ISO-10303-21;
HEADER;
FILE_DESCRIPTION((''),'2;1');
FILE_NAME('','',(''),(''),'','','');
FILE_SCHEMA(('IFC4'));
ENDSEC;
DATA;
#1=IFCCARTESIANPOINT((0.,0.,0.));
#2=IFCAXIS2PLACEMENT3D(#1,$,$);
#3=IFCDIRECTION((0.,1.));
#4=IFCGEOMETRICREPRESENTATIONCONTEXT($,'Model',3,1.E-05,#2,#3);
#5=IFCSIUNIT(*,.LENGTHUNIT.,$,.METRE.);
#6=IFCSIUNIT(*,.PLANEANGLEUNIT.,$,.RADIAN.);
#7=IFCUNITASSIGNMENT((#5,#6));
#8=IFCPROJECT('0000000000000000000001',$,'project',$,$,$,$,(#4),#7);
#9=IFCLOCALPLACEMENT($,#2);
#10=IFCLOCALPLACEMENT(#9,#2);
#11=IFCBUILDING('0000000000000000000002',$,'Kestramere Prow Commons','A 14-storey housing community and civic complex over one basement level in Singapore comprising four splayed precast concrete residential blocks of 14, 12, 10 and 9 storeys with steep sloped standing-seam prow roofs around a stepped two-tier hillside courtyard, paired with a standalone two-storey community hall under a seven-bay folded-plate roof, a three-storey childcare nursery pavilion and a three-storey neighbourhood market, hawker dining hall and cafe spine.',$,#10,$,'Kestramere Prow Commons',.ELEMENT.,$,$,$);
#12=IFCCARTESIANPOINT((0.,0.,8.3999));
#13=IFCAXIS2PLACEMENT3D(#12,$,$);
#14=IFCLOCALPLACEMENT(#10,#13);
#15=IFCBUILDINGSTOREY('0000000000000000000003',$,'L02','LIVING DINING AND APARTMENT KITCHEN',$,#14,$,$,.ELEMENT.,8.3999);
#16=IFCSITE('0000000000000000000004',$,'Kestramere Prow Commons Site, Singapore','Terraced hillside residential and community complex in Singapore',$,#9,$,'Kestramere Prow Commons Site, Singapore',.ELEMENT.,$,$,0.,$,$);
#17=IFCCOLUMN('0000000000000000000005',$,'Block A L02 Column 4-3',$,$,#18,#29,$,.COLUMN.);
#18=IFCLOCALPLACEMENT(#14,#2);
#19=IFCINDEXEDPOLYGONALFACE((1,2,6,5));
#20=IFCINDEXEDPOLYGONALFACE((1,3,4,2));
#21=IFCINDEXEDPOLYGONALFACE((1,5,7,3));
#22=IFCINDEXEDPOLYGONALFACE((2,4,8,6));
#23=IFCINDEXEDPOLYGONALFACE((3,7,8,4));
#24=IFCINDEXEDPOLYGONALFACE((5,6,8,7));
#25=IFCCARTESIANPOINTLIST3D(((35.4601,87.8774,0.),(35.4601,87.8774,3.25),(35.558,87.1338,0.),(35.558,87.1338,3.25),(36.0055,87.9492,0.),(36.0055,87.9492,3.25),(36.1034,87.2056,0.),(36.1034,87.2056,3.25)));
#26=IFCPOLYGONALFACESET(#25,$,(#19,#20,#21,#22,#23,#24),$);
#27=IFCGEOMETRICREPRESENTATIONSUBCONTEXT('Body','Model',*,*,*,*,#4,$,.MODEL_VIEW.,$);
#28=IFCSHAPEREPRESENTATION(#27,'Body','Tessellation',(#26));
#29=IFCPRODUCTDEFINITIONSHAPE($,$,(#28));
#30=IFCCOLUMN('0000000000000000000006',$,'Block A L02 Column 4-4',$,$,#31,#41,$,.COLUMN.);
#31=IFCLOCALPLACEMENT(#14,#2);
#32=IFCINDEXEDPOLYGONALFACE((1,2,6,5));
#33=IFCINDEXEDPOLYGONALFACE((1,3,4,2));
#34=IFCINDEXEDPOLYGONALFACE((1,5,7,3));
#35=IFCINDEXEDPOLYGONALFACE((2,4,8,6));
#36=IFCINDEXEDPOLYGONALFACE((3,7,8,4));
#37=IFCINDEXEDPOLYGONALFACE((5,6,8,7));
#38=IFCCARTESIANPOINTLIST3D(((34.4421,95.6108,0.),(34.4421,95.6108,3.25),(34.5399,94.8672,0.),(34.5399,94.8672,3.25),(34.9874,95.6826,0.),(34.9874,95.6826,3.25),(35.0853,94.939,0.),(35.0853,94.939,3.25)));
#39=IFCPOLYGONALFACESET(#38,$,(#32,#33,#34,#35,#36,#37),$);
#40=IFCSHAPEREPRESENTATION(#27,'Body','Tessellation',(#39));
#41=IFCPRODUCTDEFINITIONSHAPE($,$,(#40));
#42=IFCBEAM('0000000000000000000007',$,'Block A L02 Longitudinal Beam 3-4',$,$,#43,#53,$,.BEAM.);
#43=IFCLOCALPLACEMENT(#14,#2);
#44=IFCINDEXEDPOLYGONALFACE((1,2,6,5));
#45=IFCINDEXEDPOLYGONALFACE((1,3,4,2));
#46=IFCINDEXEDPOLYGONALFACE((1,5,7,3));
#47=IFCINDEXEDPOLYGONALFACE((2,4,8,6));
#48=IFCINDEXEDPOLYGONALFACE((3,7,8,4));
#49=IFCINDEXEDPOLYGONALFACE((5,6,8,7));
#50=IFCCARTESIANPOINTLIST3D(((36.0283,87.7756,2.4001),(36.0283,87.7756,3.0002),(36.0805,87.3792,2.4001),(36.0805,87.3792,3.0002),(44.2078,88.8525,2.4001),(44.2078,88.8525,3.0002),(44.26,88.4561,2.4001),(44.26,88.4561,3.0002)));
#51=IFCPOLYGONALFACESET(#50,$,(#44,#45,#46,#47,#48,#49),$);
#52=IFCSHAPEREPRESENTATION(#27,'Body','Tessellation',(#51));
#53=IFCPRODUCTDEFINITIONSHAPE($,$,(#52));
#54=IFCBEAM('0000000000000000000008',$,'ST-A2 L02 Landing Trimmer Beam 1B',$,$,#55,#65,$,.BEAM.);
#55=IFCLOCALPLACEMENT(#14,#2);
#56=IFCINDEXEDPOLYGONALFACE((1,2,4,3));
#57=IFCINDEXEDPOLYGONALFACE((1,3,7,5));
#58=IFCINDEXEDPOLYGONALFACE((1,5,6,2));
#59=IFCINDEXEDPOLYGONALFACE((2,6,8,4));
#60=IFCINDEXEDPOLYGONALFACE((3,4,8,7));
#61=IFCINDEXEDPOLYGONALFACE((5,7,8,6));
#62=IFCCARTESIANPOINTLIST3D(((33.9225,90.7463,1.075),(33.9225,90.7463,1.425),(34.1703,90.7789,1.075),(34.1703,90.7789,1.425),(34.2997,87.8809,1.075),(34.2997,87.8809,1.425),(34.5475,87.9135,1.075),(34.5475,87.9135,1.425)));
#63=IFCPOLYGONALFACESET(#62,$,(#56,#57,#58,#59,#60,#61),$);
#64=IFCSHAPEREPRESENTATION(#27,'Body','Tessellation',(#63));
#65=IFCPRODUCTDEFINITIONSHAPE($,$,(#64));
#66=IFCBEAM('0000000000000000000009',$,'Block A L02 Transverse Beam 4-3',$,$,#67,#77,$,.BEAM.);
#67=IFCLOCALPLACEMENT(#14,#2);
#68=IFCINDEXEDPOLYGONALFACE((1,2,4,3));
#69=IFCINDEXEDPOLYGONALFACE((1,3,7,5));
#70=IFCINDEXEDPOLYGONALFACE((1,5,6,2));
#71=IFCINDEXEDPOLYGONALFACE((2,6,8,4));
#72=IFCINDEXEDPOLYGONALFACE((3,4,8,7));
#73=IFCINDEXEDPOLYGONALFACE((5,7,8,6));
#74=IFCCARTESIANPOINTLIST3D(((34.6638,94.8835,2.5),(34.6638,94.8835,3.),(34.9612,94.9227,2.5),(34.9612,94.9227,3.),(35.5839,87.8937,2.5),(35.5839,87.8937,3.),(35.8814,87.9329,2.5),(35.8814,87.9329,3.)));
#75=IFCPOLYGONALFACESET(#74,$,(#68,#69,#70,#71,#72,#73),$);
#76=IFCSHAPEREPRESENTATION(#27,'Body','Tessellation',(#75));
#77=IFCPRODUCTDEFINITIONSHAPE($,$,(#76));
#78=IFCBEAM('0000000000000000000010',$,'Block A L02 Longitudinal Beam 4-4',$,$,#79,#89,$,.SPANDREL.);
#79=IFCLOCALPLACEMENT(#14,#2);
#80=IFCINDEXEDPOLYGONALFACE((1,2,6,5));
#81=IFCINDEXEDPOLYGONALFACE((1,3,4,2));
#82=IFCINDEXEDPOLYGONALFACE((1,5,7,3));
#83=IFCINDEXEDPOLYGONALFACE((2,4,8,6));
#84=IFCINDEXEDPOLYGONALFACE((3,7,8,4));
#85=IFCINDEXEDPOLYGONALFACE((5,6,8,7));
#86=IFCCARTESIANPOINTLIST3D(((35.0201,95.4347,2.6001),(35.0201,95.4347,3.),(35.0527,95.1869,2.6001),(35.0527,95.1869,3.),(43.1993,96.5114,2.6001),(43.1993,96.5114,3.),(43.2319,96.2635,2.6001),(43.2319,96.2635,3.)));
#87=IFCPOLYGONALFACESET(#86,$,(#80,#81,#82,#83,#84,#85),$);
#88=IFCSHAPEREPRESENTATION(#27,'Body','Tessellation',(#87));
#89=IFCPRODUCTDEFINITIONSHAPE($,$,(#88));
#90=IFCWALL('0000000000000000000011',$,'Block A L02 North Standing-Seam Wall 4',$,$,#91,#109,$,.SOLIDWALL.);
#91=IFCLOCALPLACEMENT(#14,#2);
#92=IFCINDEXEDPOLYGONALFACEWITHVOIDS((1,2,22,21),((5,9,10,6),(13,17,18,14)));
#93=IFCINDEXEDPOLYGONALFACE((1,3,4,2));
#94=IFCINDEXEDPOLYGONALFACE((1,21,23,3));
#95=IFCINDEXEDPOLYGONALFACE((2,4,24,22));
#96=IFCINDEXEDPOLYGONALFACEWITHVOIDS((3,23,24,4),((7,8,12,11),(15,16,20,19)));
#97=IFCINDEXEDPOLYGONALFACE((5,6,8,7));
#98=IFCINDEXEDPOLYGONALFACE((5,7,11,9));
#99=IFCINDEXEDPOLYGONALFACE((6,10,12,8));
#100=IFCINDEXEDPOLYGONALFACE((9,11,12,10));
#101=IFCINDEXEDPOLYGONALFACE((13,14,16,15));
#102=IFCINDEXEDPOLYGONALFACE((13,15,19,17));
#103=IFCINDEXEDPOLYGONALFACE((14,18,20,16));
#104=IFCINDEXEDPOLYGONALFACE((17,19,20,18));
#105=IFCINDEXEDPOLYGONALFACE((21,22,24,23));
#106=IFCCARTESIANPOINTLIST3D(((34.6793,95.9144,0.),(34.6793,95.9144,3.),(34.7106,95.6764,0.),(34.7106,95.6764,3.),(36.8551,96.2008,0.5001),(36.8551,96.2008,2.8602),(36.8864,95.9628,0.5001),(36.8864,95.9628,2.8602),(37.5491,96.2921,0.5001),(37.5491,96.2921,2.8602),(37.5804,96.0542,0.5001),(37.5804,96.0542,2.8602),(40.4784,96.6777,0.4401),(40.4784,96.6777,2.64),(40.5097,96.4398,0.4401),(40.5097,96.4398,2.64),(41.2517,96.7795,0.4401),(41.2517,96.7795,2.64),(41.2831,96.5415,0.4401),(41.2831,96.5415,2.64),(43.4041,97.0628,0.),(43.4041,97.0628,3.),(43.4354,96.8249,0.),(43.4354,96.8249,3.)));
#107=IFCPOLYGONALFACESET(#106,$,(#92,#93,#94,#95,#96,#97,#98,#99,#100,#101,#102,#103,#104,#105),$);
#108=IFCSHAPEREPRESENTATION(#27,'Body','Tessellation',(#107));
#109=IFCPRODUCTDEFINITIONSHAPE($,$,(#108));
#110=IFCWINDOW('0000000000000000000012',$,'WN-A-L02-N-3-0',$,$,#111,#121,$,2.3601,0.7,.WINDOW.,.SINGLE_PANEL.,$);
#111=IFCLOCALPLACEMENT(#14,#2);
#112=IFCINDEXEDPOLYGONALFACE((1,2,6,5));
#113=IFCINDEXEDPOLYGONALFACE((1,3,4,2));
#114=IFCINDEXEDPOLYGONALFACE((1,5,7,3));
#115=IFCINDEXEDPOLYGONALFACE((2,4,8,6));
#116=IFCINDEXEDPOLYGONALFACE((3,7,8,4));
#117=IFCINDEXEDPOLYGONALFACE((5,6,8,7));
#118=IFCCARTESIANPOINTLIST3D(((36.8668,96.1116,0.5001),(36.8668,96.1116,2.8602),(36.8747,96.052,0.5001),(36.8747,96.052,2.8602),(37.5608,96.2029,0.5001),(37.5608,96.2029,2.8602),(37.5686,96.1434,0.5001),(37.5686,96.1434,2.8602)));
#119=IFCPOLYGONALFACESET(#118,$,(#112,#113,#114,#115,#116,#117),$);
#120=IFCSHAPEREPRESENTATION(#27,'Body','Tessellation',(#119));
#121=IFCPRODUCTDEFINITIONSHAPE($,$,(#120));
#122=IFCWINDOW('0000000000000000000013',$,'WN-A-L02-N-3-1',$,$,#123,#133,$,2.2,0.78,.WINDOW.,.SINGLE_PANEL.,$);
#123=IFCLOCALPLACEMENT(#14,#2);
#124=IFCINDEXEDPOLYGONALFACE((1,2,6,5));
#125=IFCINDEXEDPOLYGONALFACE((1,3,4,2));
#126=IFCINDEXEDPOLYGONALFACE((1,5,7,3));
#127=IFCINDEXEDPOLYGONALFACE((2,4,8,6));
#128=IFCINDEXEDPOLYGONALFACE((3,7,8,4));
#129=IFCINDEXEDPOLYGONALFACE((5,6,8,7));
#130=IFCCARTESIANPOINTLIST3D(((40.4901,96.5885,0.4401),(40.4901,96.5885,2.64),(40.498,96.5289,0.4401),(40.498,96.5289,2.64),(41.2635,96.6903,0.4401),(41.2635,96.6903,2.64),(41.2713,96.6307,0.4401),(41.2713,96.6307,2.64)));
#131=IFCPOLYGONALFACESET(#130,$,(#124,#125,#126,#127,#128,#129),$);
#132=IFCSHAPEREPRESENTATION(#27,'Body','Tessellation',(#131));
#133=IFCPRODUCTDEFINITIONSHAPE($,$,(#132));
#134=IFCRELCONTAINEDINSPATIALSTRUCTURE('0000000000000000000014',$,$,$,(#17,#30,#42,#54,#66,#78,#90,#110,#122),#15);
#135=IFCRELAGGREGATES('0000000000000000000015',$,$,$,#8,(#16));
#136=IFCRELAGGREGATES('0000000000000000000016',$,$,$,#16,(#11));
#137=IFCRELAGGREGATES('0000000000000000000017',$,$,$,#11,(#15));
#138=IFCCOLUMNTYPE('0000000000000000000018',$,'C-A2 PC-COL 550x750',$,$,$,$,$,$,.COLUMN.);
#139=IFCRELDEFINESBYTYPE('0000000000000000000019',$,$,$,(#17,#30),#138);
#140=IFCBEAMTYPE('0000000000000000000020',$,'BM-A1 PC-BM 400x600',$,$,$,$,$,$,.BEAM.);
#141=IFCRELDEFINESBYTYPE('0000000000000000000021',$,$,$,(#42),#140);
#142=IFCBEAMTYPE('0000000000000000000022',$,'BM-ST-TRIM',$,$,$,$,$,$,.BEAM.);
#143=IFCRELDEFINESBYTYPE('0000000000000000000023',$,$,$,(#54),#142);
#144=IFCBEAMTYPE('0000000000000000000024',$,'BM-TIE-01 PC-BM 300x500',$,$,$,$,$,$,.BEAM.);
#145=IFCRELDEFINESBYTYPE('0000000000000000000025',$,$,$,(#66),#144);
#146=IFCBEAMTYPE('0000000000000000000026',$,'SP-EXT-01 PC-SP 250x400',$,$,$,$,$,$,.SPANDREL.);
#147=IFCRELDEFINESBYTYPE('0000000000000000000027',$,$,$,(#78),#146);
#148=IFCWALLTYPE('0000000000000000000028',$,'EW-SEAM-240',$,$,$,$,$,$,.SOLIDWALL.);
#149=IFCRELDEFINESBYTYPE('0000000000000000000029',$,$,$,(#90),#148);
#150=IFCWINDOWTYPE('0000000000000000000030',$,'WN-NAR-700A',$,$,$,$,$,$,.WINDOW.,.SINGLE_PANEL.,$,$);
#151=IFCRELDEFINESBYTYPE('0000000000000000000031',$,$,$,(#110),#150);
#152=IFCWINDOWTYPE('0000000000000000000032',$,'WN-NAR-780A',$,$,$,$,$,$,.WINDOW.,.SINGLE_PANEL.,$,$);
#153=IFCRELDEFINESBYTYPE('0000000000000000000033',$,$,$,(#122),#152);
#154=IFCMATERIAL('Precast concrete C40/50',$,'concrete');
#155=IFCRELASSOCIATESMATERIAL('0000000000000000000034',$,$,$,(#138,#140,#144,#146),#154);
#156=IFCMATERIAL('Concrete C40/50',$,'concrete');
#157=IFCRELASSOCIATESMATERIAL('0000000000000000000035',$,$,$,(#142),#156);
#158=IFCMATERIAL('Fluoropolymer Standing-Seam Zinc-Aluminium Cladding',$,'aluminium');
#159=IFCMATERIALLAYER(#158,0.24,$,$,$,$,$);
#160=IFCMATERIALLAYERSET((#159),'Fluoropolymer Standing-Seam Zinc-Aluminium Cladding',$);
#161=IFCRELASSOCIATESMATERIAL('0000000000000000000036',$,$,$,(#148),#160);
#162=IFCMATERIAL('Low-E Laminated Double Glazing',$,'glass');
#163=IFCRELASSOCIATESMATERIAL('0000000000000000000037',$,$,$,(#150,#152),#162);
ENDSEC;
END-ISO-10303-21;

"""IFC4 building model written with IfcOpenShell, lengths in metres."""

from ifc_helpers import new_model, si_unit, direction, frame, frame_2d, origin, origin_2d, place, context, subcontext, project, spatial, rectangle, extrude, material, layer, layer_set, material_profile, profile_set, type_object, element, fill, save


model = new_model("IFC4")

# Units and contexts
model_context = context("Model", 3, precision=1e-05, world=origin(), true_north=direction((0.0, 1.0)))
body_context = subcontext(model_context, "Body", "Model", "MODEL_VIEW")
ifc_project = project(units=[si_unit("LENGTHUNIT", "METRE"), si_unit("PLANEANGLEUNIT", "RADIAN")], contexts=[model_context])

# Site, building, storey
site_placement = place(None, origin())
site = spatial("IfcSite", under=ifc_project, at=site_placement, Name="Kestramere Prow Commons Site, Singapore", Description="Terraced hillside residential and community complex in Singapore", LongName="Kestramere Prow Commons Site, Singapore", CompositionType="ELEMENT", RefElevation=0.0)
building_placement = place(site_placement, origin())
building = spatial("IfcBuilding", under=site, at=building_placement, Name="Kestramere Prow Commons", Description="A 14-storey housing community and civic complex over one basement level in Singapore comprising four splayed precast concrete residential blocks of 14, 12, 10 and 9 storeys with steep sloped standing-seam prow roofs around a stepped two-tier hillside courtyard, paired with a standalone two-storey community hall under a seven-bay folded-plate roof, a three-storey childcare nursery pavilion and a three-storey neighbourhood market, hawker dining hall and cafe spine.", LongName="Kestramere Prow Commons", CompositionType="ELEMENT")
storey_placement = place(building_placement, frame((0.0, 0.0, 8.3999)))
storey = spatial("IfcBuildingStorey", under=building, at=storey_placement, Name="L02", Description="LIVING DINING AND APARTMENT KITCHEN", CompositionType="ELEMENT", Elevation=8.3999)

# Columns
ifc_material_1 = material(Name="Precast concrete C40/50", Category="concrete")
ifc_material_profile_1 = material_profile(ifc_material_1, rectangle(XDim=0.55, YDim=0.75, at=origin_2d()), Name="PC-COL 550x750")
ifc_profile_set_1 = profile_set([ifc_material_profile_1], Name="Precast concrete C40/50")
column_type = type_object("IfcColumnType", Name="C-A2 PC-COL 550x750", PredefinedType="COLUMN", material=ifc_profile_set_1)
for number, where, z_axis, x_axis, name in (
    (1, (35.7817, 87.5415, 0.0), (0.0, 0.0, 1.0), (0.991445, 0.130526, 0.0), "Block A L02 Column 4-3"),
    (2, (34.7637, 95.2749, 0.0), (0.0, 0.0, 1.0), (0.991445, 0.130526, 0.0), "Block A L02 Column 4-4"),
):
    element("IfcColumn", number, at=place(storey_placement, frame(where, z_axis=z_axis, x_axis=x_axis)), inside=storey, type_object=column_type, Name=name, PredefinedType="COLUMN", context=body_context, shape_type="SweptSolid", body=[
        extrude(rectangle(XDim=0.55, YDim=0.75, at=origin_2d()), origin(), (0.0, 0.0, 1.0), 3.25),
    ])

# Beams
ifc_material_profile_2 = material_profile(ifc_material_1, rectangle(XDim=0.3999, YDim=0.6001, at=origin_2d()), Name="PC-BM 400x600")
ifc_profile_set_2 = profile_set([ifc_material_profile_2], Name="Precast concrete C40/50")
beam_type_1 = type_object("IfcBeamType", Name="BM-A1 PC-BM 400x600", PredefinedType="BEAM", material=ifc_profile_set_2)
beam_1_placement = place(storey_placement, frame((36.0544, 87.5774, 2.7002), z_axis=(0.991444, 0.130533, 0.0), x_axis=(-0.130533, 0.991444, 0.0)))
element("IfcBeam", 3, at=beam_1_placement, inside=storey, type_object=beam_type_1, Name="Block A L02 Longitudinal Beam 3-4", PredefinedType="BEAM", context=body_context, shape_type="SweptSolid", body=[
    extrude(rectangle(XDim=0.3999, YDim=0.6001, at=origin_2d()), origin(), (0.0, 0.0, 1.0), 8.25),
])
ifc_material_2 = material(Name="Concrete C40/50", Category="concrete")
ifc_material_profile_3 = material_profile(ifc_material_2, rectangle(XDim=0.25, YDim=0.3501, at=origin_2d()), Name="PC-BM 250x350")
ifc_profile_set_3 = profile_set([ifc_material_profile_3], Name="Concrete C40/50")
beam_type_2 = type_object("IfcBeamType", Name="BM-ST-TRIM", PredefinedType="BEAM", material=ifc_profile_set_3)
beam_2_placement = place(storey_placement, frame((34.4236, 87.8972, 1.25), z_axis=(-0.130509, 0.991447, 0.0), x_axis=(-0.991447, -0.130509, 0.0)))
element("IfcBeam", 4, at=beam_2_placement, inside=storey, type_object=beam_type_2, Name="ST-A2 L02 Landing Trimmer Beam 1B", PredefinedType="BEAM", context=body_context, shape_type="SweptSolid", body=[
    extrude(rectangle(XDim=0.25, YDim=0.3501, at=origin_2d()), origin(), (0.0, 0.0, 1.0), 2.8901),
])
ifc_material_profile_4 = material_profile(ifc_material_1, rectangle(XDim=0.3, YDim=0.5, at=origin_2d()), Name="PC-BM 300x500")
ifc_profile_set_4 = profile_set([ifc_material_profile_4], Name="Precast concrete C40/50")
beam_type_3 = type_object("IfcBeamType", Name="BM-TIE-01 PC-BM 300x500", PredefinedType="BEAM", material=ifc_profile_set_4)
beam_3_placement = place(storey_placement, frame((35.7327, 87.9133, 2.75), z_axis=(-0.130519, 0.991446, 0.0), x_axis=(-0.991446, -0.130519, 0.0)))
element("IfcBeam", 5, at=beam_3_placement, inside=storey, type_object=beam_type_3, Name="Block A L02 Transverse Beam 4-3", PredefinedType="BEAM", context=body_context, shape_type="SweptSolid", body=[
    extrude(rectangle(XDim=0.3, YDim=0.5, at=origin_2d()), origin(), (0.0, 0.0, 1.0), 7.05),
])
ifc_material_profile_5 = material_profile(ifc_material_1, rectangle(XDim=0.25, YDim=0.3999, at=origin_2d()), Name="PC-SP 250x400")
ifc_profile_set_5 = profile_set([ifc_material_profile_5], Name="Precast concrete C40/50")
beam_type_4 = type_object("IfcBeamType", Name="SP-EXT-01 PC-SP 250x400", PredefinedType="SPANDREL", material=ifc_profile_set_5)
beam_4_placement = place(storey_placement, frame((35.0364, 95.3108, 2.8), z_axis=(0.991447, 0.130508, 0.0), x_axis=(-0.130508, 0.991447, 0.0)))
element("IfcBeam", 6, at=beam_4_placement, inside=storey, type_object=beam_type_4, Name="Block A L02 Longitudinal Beam 4-4", PredefinedType="SPANDREL", context=body_context, shape_type="SweptSolid", body=[
    extrude(rectangle(XDim=0.25, YDim=0.3999, at=origin_2d()), origin(), (0.0, 0.0, 1.0), 8.2498),
])

# Wall, openings, windows
ifc_material_3 = material(Name="Fluoropolymer Standing-Seam Zinc-Aluminium Cladding", Category="aluminium")
ifc_layer_1 = layer(ifc_material_3, 0.24)
ifc_layer_set_1 = layer_set([ifc_layer_1], Name="Fluoropolymer Standing-Seam Zinc-Aluminium Cladding")
wall_type_1 = type_object("IfcWallType", Name="EW-SEAM-240", PredefinedType="SOLIDWALL", material=ifc_layer_set_1)
wall_1_placement = place(storey_placement, frame((34.6951, 95.7954, 0.0), z_axis=(0.0, 0.0, 1.0), x_axis=(0.991448, 0.130503, 0.0)))
wall_1 = element("IfcWall", 7, at=wall_1_placement, inside=storey, type_object=wall_type_1, Name="Block A L02 North Standing-Seam Wall 4", PredefinedType="SOLIDWALL", context=body_context, shape_type="SweptSolid", body=[
    extrude(rectangle(XDim=8.8, YDim=0.24, at=frame_2d((4.3999, 0.0))), origin(), (0.0, 0.0, 1.0), 3.0),
])
opening_1_placement = place(wall_1_placement, frame((2.1943, 0.0, 0.5)))
opening_1 = element("IfcOpeningElement", 8, at=opening_1_placement, cuts=wall_1, PredefinedType="OPENING", context=body_context, shape_type="SweptSolid", body=[
    extrude(rectangle(XDim=0.7, YDim=2.3601, at=frame_2d((0.3501, 1.1802))), frame((0.0, 0.135, 0.0), z_axis=(0.0, -1.0, 0.0), x_axis=(1.0, 0.0, 0.0)), (0.0, 0.0, 1.0), 0.27),
])
opening_2_placement = place(wall_1_placement, frame((5.8489, 0.0, 0.4399)))
opening_2 = element("IfcOpeningElement", 9, at=opening_2_placement, cuts=wall_1, PredefinedType="OPENING", context=body_context, shape_type="SweptSolid", body=[
    extrude(rectangle(XDim=0.78, YDim=2.2, at=frame_2d((0.3901, 1.1001))), frame((0.0, 0.135, 0.0), z_axis=(0.0, -1.0, 0.0), x_axis=(1.0, 0.0, 0.0)), (0.0, 0.0, 1.0), 0.27),
])
ifc_material_4 = material(Name="Low-E Laminated Double Glazing", Category="glass")
window_type_1 = type_object("IfcWindowType", Name="WN-NAR-700A", PartitioningType="SINGLE_PANEL", PredefinedType="WINDOW", material=ifc_material_4)
window_1_placement = place(opening_1_placement, origin())
window_1 = element("IfcWindow", 10, at=window_1_placement, inside=storey, type_object=window_type_1, Name="WN-A-L02-N-3-0", OverallHeight=2.3601, OverallWidth=0.7, PartitioningType="SINGLE_PANEL", PredefinedType="WINDOW", context=body_context, shape_type="SweptSolid", body=[
    extrude(rectangle(XDim=0.7, YDim=2.3601, at=frame_2d((0.3501, 1.1802))), frame((0.0, 0.03, 0.0), z_axis=(0.0, -1.0, 0.0), x_axis=(1.0, 0.0, 0.0)), (0.0, 0.0, 1.0), 0.0601),
])
fill(opening_1, window_1)
window_type_2 = type_object("IfcWindowType", Name="WN-NAR-780A", PartitioningType="SINGLE_PANEL", PredefinedType="WINDOW", material=ifc_material_4)
window_2_placement = place(opening_2_placement, origin())
window_2 = element("IfcWindow", 11, at=window_2_placement, inside=storey, type_object=window_type_2, Name="WN-A-L02-N-3-1", OverallHeight=2.2, OverallWidth=0.78, PartitioningType="SINGLE_PANEL", PredefinedType="WINDOW", context=body_context, shape_type="SweptSolid", body=[
    extrude(rectangle(XDim=0.78, YDim=2.2, at=frame_2d((0.3901, 1.1001))), frame((0.0, 0.03, 0.0), z_axis=(0.0, -1.0, 0.0), x_axis=(1.0, 0.0, 0.0)), (0.0, 0.0, 1.0), 0.0601),
])
fill(opening_2, window_2)

save(model, "model.ifc")
